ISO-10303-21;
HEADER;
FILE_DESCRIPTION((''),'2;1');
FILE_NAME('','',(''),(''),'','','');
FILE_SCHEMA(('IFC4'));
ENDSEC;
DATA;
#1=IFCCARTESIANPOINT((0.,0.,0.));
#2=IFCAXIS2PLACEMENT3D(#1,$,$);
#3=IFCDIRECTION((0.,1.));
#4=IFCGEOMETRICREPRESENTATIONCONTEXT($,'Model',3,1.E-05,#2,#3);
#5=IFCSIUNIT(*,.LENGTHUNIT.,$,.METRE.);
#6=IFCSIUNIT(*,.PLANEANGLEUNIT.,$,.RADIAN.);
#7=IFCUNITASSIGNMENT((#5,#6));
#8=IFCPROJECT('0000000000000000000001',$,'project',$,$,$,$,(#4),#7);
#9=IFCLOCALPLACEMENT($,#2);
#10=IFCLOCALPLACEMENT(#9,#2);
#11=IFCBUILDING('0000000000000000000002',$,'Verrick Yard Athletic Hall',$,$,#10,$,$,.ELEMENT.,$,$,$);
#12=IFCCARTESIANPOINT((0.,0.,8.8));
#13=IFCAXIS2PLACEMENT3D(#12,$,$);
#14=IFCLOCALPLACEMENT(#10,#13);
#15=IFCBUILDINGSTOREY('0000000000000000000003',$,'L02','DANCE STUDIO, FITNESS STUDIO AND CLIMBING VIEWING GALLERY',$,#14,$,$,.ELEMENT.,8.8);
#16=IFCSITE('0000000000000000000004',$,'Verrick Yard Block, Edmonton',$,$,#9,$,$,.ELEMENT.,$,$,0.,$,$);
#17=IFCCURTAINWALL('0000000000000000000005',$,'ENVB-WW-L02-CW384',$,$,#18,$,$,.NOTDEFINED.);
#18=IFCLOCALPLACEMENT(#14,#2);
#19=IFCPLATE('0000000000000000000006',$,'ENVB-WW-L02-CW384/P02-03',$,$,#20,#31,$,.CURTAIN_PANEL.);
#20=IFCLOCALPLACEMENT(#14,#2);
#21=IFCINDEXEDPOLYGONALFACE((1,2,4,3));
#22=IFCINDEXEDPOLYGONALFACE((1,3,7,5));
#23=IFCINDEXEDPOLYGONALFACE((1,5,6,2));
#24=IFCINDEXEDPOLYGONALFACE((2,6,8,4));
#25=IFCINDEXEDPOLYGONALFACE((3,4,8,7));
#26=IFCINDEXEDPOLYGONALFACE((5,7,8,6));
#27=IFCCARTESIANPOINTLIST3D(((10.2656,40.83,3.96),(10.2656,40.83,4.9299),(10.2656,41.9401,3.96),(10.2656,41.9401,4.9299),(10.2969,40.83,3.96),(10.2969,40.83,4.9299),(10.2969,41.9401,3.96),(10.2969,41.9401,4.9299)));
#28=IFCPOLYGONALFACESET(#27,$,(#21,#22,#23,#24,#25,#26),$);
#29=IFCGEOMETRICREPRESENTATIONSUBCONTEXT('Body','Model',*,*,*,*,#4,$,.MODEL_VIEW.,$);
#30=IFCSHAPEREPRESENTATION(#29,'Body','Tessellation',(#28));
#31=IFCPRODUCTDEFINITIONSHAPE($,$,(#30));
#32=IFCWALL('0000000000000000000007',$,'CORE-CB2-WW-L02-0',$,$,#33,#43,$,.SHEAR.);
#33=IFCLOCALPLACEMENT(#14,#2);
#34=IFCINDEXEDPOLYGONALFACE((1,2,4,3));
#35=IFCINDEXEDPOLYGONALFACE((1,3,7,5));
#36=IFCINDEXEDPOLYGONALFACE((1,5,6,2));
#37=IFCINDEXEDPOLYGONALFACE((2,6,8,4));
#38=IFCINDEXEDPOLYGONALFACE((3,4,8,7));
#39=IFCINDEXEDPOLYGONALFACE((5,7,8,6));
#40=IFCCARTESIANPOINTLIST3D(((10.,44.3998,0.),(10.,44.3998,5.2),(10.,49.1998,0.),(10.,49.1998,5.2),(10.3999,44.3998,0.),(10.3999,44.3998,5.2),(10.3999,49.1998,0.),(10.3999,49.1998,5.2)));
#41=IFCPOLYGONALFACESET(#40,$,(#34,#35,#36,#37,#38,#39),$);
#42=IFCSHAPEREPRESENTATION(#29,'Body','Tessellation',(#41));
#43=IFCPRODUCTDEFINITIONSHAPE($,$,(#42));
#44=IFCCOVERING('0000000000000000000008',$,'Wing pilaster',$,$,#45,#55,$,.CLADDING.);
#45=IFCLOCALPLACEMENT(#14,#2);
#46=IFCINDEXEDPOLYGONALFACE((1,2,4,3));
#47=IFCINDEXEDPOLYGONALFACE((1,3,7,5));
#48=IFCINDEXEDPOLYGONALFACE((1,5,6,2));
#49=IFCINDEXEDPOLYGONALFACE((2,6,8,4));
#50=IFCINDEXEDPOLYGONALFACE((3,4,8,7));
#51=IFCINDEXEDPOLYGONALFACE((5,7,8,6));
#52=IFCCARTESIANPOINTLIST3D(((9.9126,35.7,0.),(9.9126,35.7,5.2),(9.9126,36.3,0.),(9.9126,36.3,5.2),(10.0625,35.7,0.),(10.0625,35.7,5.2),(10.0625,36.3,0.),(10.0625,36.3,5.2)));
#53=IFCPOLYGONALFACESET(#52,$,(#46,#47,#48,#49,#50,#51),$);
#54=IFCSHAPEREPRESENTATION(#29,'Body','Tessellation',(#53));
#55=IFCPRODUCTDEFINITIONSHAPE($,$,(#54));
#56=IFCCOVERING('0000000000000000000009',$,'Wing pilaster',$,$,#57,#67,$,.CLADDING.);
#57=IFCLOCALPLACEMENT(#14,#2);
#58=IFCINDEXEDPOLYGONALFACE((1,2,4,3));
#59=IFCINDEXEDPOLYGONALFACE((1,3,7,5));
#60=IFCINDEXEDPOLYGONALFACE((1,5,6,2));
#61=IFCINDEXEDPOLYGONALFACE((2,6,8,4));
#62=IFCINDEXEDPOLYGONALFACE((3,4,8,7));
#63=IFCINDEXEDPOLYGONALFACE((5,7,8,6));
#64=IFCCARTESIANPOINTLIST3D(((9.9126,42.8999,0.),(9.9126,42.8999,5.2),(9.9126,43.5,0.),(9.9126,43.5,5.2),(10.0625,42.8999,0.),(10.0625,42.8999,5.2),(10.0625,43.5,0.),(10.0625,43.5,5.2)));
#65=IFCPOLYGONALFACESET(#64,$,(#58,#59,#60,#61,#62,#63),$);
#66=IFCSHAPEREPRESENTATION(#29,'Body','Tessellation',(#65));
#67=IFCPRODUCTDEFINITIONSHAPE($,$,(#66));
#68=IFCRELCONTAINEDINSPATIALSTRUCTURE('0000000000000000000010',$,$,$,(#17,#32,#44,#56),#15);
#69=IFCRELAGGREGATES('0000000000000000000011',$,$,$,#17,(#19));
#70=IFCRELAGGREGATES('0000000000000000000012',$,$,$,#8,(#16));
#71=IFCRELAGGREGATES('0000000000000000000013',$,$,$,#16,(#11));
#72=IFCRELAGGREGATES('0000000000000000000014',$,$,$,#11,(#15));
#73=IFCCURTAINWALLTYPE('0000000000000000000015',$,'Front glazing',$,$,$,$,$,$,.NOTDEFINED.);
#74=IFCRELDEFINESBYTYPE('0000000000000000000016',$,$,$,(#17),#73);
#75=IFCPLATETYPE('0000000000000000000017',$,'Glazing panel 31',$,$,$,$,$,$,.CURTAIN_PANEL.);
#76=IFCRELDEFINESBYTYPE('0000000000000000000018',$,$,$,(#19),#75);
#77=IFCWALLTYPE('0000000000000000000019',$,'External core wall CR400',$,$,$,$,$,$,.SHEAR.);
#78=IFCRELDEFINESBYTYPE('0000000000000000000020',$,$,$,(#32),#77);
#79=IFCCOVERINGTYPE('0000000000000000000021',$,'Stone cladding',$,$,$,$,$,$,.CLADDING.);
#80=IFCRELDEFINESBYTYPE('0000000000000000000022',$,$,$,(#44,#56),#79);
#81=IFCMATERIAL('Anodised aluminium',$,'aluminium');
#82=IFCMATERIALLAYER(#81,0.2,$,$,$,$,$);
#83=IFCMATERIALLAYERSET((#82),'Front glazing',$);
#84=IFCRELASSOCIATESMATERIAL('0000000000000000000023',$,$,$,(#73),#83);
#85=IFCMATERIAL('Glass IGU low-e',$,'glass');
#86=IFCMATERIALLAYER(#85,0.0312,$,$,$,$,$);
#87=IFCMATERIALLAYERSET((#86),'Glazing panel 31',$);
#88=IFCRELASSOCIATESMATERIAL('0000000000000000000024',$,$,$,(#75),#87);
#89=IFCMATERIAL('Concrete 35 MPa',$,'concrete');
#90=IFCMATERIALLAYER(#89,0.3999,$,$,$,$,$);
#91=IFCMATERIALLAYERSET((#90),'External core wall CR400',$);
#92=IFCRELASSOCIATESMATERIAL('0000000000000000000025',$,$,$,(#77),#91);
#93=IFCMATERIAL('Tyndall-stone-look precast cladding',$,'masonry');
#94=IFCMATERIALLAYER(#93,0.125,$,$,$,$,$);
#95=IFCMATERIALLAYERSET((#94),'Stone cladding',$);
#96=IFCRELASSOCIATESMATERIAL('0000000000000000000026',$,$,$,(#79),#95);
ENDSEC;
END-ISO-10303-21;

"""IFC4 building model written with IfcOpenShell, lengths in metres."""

from ifc_helpers import new_model, si_unit, direction, frame, frame_2d, origin, origin_2d, place, context, subcontext, project, spatial, rectangle, extrude, material, layer, layer_set, type_object, element, aggregate, save


model = new_model("IFC4")

# Units and contexts
model_context = context("Model", 3, precision=1e-05, world=origin(), true_north=direction((0.0, 1.0)))
body_context = subcontext(model_context, "Body", "Model", "MODEL_VIEW")
ifc_project = project(units=[si_unit("LENGTHUNIT", "METRE"), si_unit("PLANEANGLEUNIT", "RADIAN")], contexts=[model_context])

# Site, building, storey
site_placement = place(None, origin())
site = spatial("IfcSite", under=ifc_project, at=site_placement, Name="Verrick Yard Block, Edmonton", CompositionType="ELEMENT", RefElevation=0.0)
building_placement = place(site_placement, origin())
building = spatial("IfcBuilding", under=site, at=building_placement, Name="Verrick Yard Athletic Hall", CompositionType="ELEMENT")
storey_placement = place(building_placement, frame((0.0, 0.0, 8.8)))
storey = spatial("IfcBuildingStorey", under=building, at=storey_placement, Name="L02", Description="DANCE STUDIO, FITNESS STUDIO AND CLIMBING VIEWING GALLERY", CompositionType="ELEMENT", Elevation=8.8)

# Curtain wall, plate
ifc_material_1 = material(Name="Anodised aluminium", Category="aluminium")
ifc_layer_1 = layer(ifc_material_1, 0.2)
ifc_layer_set_1 = layer_set([ifc_layer_1], Name="Front glazing")
curtain_wall_type = type_object("IfcCurtainWallType", Name="Front glazing", PredefinedType="NOTDEFINED", material=ifc_layer_set_1)
curtain_wall_placement = place(storey_placement, origin())
curtain_wall = element("IfcCurtainWall", 1, at=curtain_wall_placement, inside=storey, type_object=curtain_wall_type, Name="ENVB-WW-L02-CW384", PredefinedType="NOTDEFINED")
ifc_material_2 = material(Name="Glass IGU low-e", Category="glass")
ifc_layer_2 = layer(ifc_material_2, 0.0312)
ifc_layer_set_2 = layer_set([ifc_layer_2], Name="Glazing panel 31")
plate_type = type_object("IfcPlateType", Name="Glazing panel 31", PredefinedType="CURTAIN_PANEL", material=ifc_layer_set_2)
plate_1_placement = place(storey_placement, frame((10.2812, 41.385, 3.96), z_axis=(0.0, 0.0, 1.0), x_axis=(0.0, 1.0, 0.0)))
plate_1 = element("IfcPlate", 2, at=plate_1_placement, type_object=plate_type, Name="ENVB-WW-L02-CW384/P02-03", PredefinedType="CURTAIN_PANEL", context=body_context, shape_type="SweptSolid", body=[
    extrude(rectangle(XDim=1.1101, YDim=0.0312, at=origin_2d()), origin(), (0.0, 0.0, 1.0), 0.97),
])
aggregate(curtain_wall, [plate_1])

# Wall
ifc_material_3 = material(Name="Concrete 35 MPa", Category="concrete")
ifc_layer_3 = layer(ifc_material_3, 0.3999)
ifc_layer_set_3 = layer_set([ifc_layer_3], Name="External core wall CR400")
wall_type = type_object("IfcWallType", Name="External core wall CR400", PredefinedType="SHEAR", material=ifc_layer_set_3)
wall_placement = place(storey_placement, frame((10.2, 44.3999, 0.0), z_axis=(0.0, 0.0, 1.0), x_axis=(0.0, 1.0, 0.0)))
element("IfcWall", 3, at=wall_placement, inside=storey, type_object=wall_type, Name="CORE-CB2-WW-L02-0", PredefinedType="SHEAR", context=body_context, shape_type="SweptSolid", body=[
    extrude(rectangle(XDim=4.8, YDim=0.3999, at=frame_2d((2.3999, 0.0))), origin(), (0.0, 0.0, 1.0), 5.2),
])

# Coverings
ifc_material_4 = material(Name="Tyndall-stone-look precast cladding", Category="masonry")
ifc_layer_4 = layer(ifc_material_4, 0.125)
ifc_layer_set_4 = layer_set([ifc_layer_4], Name="Stone cladding")
covering_type = type_object("IfcCoveringType", Name="Stone cladding", PredefinedType="CLADDING", material=ifc_layer_set_4)
for number, where, z_axis, x_axis, name in (
    (4, (9.9875, 36.0, 0.0), (0.0, 0.0, 1.0), (0.0, 1.0, 0.0), "Wing pilaster"),
    (5, (9.9875, 43.2, 0.0), (0.0, 0.0, 1.0), (0.0, 1.0, 0.0), "Wing pilaster"),
):
    element("IfcCovering", number, at=place(storey_placement, frame(where, z_axis=z_axis, x_axis=x_axis)), inside=storey, type_object=covering_type, Name=name, PredefinedType="CLADDING", context=body_context, shape_type="SweptSolid", body=[
        extrude(rectangle(XDim=0.6001, YDim=0.1499, at=origin_2d()), origin(), (0.0, 0.0, 1.0), 5.2),
    ])

save(model, "model.ifc")
